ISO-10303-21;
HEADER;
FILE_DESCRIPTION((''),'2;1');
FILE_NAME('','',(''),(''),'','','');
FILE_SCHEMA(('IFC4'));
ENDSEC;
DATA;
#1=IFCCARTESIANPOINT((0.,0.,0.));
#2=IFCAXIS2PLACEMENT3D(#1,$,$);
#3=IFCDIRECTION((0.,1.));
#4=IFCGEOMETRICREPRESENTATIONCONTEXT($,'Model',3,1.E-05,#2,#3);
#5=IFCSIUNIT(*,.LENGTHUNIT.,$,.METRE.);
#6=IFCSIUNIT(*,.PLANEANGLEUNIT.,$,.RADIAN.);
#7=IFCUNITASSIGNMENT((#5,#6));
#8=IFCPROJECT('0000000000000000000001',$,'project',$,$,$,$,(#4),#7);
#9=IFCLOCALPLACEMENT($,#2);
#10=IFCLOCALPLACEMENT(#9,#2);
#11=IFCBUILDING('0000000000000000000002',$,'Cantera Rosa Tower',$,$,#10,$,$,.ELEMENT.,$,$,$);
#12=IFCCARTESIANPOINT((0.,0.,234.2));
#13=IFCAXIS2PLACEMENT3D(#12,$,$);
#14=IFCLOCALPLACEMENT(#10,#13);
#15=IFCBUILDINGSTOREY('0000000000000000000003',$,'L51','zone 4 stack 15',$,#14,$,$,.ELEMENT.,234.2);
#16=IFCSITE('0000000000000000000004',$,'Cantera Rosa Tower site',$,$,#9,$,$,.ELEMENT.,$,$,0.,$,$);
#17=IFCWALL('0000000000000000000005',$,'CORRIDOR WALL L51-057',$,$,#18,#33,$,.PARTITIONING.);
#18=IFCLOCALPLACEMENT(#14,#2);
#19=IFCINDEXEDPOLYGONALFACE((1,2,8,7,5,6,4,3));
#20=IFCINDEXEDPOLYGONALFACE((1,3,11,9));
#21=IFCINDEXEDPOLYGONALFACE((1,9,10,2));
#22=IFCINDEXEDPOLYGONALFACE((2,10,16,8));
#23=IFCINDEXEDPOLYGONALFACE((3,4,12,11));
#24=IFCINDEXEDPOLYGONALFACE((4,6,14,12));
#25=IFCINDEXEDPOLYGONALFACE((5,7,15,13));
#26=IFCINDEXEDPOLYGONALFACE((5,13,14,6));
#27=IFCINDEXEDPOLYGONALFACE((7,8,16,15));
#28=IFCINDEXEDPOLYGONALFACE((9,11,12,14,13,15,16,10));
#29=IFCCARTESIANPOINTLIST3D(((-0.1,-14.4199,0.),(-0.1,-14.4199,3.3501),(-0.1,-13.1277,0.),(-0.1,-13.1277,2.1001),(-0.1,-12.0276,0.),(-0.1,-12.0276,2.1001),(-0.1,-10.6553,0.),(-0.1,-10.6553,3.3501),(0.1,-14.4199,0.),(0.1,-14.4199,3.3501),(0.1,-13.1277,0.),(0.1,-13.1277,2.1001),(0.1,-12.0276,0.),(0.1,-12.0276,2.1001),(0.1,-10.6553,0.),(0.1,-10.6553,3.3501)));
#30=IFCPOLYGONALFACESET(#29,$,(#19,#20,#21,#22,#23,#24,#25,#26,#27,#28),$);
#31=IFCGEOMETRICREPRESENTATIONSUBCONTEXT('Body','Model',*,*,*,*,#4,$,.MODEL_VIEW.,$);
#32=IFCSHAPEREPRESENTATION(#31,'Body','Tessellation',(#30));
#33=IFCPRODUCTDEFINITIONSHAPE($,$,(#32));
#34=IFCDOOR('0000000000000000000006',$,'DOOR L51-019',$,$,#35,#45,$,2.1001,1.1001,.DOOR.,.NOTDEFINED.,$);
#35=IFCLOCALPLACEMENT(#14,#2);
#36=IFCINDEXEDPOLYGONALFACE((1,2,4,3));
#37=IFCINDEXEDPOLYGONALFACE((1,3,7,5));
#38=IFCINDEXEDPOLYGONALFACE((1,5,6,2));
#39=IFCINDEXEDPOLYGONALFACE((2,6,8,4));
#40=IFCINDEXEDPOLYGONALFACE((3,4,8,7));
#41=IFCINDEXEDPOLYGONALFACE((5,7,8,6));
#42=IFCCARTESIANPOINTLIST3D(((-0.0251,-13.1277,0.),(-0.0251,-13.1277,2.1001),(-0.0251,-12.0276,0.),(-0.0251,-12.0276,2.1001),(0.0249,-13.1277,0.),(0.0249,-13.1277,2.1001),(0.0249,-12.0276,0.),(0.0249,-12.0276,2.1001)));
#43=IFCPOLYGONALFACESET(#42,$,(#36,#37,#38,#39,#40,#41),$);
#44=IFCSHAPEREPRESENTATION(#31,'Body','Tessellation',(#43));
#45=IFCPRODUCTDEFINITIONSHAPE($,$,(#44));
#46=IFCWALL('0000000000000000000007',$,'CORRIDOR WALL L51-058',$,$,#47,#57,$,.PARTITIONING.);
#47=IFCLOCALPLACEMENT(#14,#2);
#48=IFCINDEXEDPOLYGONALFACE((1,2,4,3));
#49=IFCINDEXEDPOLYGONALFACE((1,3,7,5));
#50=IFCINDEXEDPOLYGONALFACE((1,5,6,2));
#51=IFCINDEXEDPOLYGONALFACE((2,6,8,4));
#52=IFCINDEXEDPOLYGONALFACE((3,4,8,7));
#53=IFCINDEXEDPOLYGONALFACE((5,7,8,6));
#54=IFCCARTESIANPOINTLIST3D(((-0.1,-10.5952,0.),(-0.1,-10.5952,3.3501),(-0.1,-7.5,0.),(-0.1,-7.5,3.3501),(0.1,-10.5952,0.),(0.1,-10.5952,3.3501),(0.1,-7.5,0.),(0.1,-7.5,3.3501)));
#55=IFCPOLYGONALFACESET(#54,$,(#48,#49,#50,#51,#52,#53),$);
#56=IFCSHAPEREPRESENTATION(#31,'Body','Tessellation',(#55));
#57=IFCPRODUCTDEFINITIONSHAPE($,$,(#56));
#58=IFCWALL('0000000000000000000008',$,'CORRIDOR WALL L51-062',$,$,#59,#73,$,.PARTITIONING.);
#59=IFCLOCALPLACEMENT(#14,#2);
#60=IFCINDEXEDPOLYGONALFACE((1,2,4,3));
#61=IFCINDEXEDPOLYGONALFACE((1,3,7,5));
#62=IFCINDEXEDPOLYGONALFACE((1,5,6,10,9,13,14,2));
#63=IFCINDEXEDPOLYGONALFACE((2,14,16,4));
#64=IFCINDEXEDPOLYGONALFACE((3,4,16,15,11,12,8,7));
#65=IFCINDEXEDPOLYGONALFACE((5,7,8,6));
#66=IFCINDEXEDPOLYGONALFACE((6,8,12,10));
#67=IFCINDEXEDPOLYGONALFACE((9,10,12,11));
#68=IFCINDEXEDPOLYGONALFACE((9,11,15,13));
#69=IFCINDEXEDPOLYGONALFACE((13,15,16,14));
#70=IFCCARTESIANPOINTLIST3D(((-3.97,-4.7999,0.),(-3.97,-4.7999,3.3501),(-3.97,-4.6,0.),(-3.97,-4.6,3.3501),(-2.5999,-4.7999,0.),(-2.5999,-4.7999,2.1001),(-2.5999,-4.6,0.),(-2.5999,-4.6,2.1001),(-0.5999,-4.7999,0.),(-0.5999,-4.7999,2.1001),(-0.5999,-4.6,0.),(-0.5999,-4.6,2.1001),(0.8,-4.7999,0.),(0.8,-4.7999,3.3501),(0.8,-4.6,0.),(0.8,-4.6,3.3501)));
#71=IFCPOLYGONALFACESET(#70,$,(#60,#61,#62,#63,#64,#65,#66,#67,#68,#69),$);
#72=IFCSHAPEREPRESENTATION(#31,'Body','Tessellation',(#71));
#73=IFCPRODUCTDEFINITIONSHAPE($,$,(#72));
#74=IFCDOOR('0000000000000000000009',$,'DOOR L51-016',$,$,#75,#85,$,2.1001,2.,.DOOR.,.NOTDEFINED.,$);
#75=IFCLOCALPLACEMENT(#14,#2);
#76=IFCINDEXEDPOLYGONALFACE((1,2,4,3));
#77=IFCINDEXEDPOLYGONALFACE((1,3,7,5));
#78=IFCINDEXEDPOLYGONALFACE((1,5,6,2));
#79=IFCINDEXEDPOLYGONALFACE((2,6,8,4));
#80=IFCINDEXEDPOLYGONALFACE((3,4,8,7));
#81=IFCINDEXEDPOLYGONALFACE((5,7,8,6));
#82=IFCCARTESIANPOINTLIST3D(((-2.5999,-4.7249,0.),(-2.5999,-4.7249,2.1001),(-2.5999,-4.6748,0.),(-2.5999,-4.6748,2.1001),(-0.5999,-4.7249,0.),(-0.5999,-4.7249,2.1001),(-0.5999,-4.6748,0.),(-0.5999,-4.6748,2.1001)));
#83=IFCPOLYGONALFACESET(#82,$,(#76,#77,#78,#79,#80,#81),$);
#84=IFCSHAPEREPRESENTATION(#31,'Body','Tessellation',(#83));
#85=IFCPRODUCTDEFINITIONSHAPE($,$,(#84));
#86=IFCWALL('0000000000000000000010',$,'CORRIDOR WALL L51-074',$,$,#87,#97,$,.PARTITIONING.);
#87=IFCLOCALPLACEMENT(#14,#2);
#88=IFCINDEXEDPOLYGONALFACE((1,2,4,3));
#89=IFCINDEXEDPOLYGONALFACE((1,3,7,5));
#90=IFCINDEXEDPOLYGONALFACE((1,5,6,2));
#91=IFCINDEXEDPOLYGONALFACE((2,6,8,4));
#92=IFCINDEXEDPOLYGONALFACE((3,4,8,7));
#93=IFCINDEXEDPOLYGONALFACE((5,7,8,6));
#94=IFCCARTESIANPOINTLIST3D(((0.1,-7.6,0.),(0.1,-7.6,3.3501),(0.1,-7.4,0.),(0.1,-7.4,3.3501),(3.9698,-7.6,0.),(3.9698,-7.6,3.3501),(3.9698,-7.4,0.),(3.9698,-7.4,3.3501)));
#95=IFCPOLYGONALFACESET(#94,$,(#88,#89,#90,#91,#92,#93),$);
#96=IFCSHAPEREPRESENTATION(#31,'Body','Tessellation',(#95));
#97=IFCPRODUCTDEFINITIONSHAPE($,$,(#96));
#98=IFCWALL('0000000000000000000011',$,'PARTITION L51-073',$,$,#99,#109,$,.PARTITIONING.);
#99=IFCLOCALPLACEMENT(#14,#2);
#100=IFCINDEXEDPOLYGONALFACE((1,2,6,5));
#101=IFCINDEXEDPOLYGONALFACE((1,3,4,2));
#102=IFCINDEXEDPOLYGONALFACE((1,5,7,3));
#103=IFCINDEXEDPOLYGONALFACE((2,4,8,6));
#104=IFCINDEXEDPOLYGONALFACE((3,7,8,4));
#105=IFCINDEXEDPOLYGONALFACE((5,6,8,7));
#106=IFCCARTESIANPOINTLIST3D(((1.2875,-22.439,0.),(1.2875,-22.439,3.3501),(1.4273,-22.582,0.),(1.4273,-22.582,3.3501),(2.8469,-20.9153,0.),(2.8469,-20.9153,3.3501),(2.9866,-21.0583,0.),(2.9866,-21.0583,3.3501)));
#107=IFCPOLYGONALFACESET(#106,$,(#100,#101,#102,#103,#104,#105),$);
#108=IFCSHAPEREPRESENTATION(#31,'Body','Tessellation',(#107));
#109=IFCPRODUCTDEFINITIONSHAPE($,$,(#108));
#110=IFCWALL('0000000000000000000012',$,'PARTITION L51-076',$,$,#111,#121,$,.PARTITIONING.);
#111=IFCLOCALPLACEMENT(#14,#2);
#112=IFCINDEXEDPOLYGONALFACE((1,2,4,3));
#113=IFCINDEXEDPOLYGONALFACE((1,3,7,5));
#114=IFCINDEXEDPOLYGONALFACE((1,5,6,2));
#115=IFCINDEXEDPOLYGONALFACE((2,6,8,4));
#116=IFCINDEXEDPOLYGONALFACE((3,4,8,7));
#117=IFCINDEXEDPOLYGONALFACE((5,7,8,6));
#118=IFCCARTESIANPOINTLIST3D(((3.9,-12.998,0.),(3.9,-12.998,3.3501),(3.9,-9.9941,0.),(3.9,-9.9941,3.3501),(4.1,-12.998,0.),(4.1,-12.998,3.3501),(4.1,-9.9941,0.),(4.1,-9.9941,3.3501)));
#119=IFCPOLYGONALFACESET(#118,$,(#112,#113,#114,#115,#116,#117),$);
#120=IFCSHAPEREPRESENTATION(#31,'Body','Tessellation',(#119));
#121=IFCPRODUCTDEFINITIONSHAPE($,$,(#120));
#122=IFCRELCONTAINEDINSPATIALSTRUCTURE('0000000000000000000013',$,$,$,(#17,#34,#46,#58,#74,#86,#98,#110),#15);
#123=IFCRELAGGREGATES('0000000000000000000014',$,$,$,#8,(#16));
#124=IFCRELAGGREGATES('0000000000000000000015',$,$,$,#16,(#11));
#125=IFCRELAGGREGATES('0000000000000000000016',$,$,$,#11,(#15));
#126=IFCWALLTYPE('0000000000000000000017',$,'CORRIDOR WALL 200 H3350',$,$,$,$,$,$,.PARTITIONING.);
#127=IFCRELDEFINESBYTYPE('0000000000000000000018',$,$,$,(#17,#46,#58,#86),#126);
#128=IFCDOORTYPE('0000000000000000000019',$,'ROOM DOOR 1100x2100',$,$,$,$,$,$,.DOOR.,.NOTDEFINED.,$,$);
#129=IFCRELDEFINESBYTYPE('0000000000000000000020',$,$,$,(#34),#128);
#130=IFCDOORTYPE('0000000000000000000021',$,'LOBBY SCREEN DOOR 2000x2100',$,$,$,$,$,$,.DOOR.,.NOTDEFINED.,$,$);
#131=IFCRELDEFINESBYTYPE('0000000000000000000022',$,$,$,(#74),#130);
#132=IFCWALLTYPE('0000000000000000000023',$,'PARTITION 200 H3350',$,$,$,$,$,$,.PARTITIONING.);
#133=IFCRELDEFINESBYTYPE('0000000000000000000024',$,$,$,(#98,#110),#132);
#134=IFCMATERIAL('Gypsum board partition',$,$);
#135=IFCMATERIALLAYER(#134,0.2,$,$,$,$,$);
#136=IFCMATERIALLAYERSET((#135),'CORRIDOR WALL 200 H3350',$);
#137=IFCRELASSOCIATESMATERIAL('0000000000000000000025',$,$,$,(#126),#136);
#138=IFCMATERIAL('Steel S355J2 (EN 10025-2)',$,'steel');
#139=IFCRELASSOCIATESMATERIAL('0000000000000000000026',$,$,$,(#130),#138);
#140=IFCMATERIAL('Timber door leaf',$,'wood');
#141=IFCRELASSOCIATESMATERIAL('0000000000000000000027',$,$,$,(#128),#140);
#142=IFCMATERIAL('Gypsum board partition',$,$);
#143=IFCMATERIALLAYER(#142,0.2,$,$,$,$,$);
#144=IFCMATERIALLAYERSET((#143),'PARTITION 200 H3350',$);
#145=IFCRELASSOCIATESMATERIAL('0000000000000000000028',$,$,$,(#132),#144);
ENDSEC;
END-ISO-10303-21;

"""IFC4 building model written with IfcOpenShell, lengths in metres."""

from ifc_helpers import new_model, si_unit, direction, frame, frame_2d, origin, place, context, subcontext, project, spatial, rectangle, extrude, material, layer, layer_set, type_object, element, fill, save


model = new_model("IFC4")

# Units and contexts
model_context = context("Model", 3, precision=1e-05, world=origin(), true_north=direction((0.0, 1.0)))
body_context = subcontext(model_context, "Body", "Model", "MODEL_VIEW")
ifc_project = project(units=[si_unit("LENGTHUNIT", "METRE"), si_unit("PLANEANGLEUNIT", "RADIAN")], contexts=[model_context])

# Site, building, storey
site_placement = place(None, origin())
site = spatial("IfcSite", under=ifc_project, at=site_placement, Name="Cantera Rosa Tower site", CompositionType="ELEMENT", RefElevation=0.0)
building_placement = place(site_placement, origin())
building = spatial("IfcBuilding", under=site, at=building_placement, Name="Cantera Rosa Tower", CompositionType="ELEMENT")
storey_placement = place(building_placement, frame((0.0, 0.0, 234.2)))
storey = spatial("IfcBuildingStorey", under=building, at=storey_placement, Name="L51", Description="zone 4 stack 15", CompositionType="ELEMENT", Elevation=234.2)

# Shared definitions
ifc_material_1 = material(Name="Gypsum board partition")
ifc_layer_1 = layer(ifc_material_1, 0.2)
ifc_layer_set_1 = layer_set([ifc_layer_1], Name="CORRIDOR WALL 200 H3350")
wall_type_1 = type_object("IfcWallType", Name="CORRIDOR WALL 200 H3350", PredefinedType="PARTITIONING", material=ifc_layer_set_1)
ifc_material_2 = material(Name="Steel S355J2 (EN 10025-2)", Category="steel")
door_type_1 = type_object("IfcDoorType", Name="LOBBY SCREEN DOOR 2000x2100", OperationType="NOTDEFINED", PredefinedType="DOOR", material=ifc_material_2)

# Wall, opening, door
wall_1_placement = place(storey_placement, frame((0.0, -10.6553, 0.0), z_axis=(0.0, 0.0, 1.0), x_axis=(0.0, -1.0, 0.0)))
wall_1 = element("IfcWall", 1, at=wall_1_placement, inside=storey, type_object=wall_type_1, Name="CORRIDOR WALL L51-057", PredefinedType="PARTITIONING", context=body_context, shape_type="SweptSolid", body=[
    extrude(rectangle(XDim=3.7646, YDim=0.2, at=frame_2d((1.8823, 0.0))), origin(), (0.0, 0.0, 1.0), 3.3501),
])
opening_1_placement = place(wall_1_placement, frame((1.3723, 0.0, 0.0)))
opening_1 = element("IfcOpeningElement", 2, at=opening_1_placement, cuts=wall_1, PredefinedType="OPENING", context=body_context, shape_type="SweptSolid", body=[
    extrude(rectangle(XDim=1.1001, YDim=2.1001, at=frame_2d((0.55, 1.05))), frame((0.0, 0.1099, 0.0), z_axis=(0.0, -1.0, 0.0), x_axis=(1.0, 0.0, 0.0)), (0.0, 0.0, 1.0), 0.22),
])
ifc_material_3 = material(Name="Timber door leaf", Category="wood")
door_type_2 = type_object("IfcDoorType", Name="ROOM DOOR 1100x2100", OperationType="NOTDEFINED", PredefinedType="DOOR", material=ifc_material_3)
door_1_placement = place(opening_1_placement, origin())
door_1 = element("IfcDoor", 3, at=door_1_placement, inside=storey, type_object=door_type_2, Name="DOOR L51-019", OperationType="NOTDEFINED", OverallHeight=2.1001, OverallWidth=1.1001, PredefinedType="DOOR", context=body_context, shape_type="SweptSolid", body=[
    extrude(rectangle(XDim=1.1001, YDim=2.1001, at=frame_2d((0.55, 1.05))), frame((0.0, 0.0249, 0.0), z_axis=(0.0, -1.0, 0.0), x_axis=(1.0, 0.0, 0.0)), (0.0, 0.0, 1.0), 0.05),
])
fill(opening_1, door_1)

# Wall
wall_2_placement = place(storey_placement, frame((0.0, -7.5, 0.0), z_axis=(0.0, 0.0, 1.0), x_axis=(0.0, -1.0, 0.0)))
element("IfcWall", 4, at=wall_2_placement, inside=storey, type_object=wall_type_1, Name="CORRIDOR WALL L51-058", PredefinedType="PARTITIONING", context=body_context, shape_type="SweptSolid", body=[
    extrude(rectangle(XDim=3.0952, YDim=0.2, at=frame_2d((1.5476, 0.0))), origin(), (0.0, 0.0, 1.0), 3.3501),
])

# Wall, opening, door
wall_3_placement = place(storey_placement, frame((0.8, -4.7, 0.0), z_axis=(0.0, 0.0, 1.0), x_axis=(-1.0, 0.0, 0.0)))
wall_3 = element("IfcWall", 5, at=wall_3_placement, inside=storey, type_object=wall_type_1, Name="CORRIDOR WALL L51-062", PredefinedType="PARTITIONING", context=body_context, shape_type="SweptSolid", body=[
    extrude(rectangle(XDim=4.77, YDim=0.2, at=frame_2d((2.385, 0.0))), origin(), (0.0, 0.0, 1.0), 3.3501),
])
opening_2_placement = place(wall_3_placement, frame((1.3999, 0.0, 0.0)))
opening_2 = element("IfcOpeningElement", 6, at=opening_2_placement, cuts=wall_3, PredefinedType="OPENING", context=body_context, shape_type="SweptSolid", body=[
    extrude(rectangle(XDim=2.0, YDim=2.1001, at=frame_2d((1.0, 1.05))), frame((0.0, 0.1099, 0.0), z_axis=(0.0, -1.0, 0.0), x_axis=(1.0, 0.0, 0.0)), (0.0, 0.0, 1.0), 0.22),
])
door_2_placement = place(opening_2_placement, origin())
door_2 = element("IfcDoor", 7, at=door_2_placement, inside=storey, type_object=door_type_1, Name="DOOR L51-016", OperationType="NOTDEFINED", OverallHeight=2.1001, OverallWidth=2.0, PredefinedType="DOOR", context=body_context, shape_type="SweptSolid", body=[
    extrude(rectangle(XDim=2.0, YDim=2.1001, at=frame_2d((1.0, 1.05))), frame((0.0, 0.0249, 0.0), z_axis=(0.0, -1.0, 0.0), x_axis=(1.0, 0.0, 0.0)), (0.0, 0.0, 1.0), 0.05),
])
fill(opening_2, door_2)

# Walls
wall_4_placement = place(storey_placement, frame((3.97, -7.5, 0.0), z_axis=(0.0, 0.0, 1.0), x_axis=(-1.0, 0.0, 0.0)))
element("IfcWall", 8, at=wall_4_placement, inside=storey, type_object=wall_type_1, Name="CORRIDOR WALL L51-074", PredefinedType="PARTITIONING", context=body_context, shape_type="SweptSolid", body=[
    extrude(rectangle(XDim=3.8699, YDim=0.2, at=frame_2d((1.9351, 0.0))), origin(), (0.0, 0.0, 1.0), 3.3501),
])
ifc_material_4 = material(Name="Gypsum board partition")
ifc_layer_2 = layer(ifc_material_4, 0.2)
ifc_layer_set_2 = layer_set([ifc_layer_2], Name="PARTITION 200 H3350")
wall_type_2 = type_object("IfcWallType", Name="PARTITION 200 H3350", PredefinedType="PARTITIONING", material=ifc_layer_set_2)
wall_5_placement = place(storey_placement, frame((2.9167, -20.9868, 0.0), z_axis=(0.0, 0.0, 1.0), x_axis=(-0.715234, -0.698885, 0.0)))
element("IfcWall", 9, at=wall_5_placement, inside=storey, type_object=wall_type_2, Name="PARTITION L51-073", PredefinedType="PARTITIONING", context=body_context, shape_type="SweptSolid", body=[
    extrude(rectangle(XDim=2.1802, YDim=0.2, at=frame_2d((1.0901, 0.0))), origin(), (0.0, 0.0, 1.0), 3.3501),
])
wall_6_placement = place(storey_placement, frame((4.0, -12.998, 0.0), z_axis=(0.0, 0.0, 1.0), x_axis=(0.0, 1.0, 0.0)))
element("IfcWall", 10, at=wall_6_placement, inside=storey, type_object=wall_type_2, Name="PARTITION L51-076", PredefinedType="PARTITIONING", context=body_context, shape_type="SweptSolid", body=[
    extrude(rectangle(XDim=3.0039, YDim=0.2, at=frame_2d((1.502, 0.0))), origin(), (0.0, 0.0, 1.0), 3.3501),
])

save(model, "model.ifc")
